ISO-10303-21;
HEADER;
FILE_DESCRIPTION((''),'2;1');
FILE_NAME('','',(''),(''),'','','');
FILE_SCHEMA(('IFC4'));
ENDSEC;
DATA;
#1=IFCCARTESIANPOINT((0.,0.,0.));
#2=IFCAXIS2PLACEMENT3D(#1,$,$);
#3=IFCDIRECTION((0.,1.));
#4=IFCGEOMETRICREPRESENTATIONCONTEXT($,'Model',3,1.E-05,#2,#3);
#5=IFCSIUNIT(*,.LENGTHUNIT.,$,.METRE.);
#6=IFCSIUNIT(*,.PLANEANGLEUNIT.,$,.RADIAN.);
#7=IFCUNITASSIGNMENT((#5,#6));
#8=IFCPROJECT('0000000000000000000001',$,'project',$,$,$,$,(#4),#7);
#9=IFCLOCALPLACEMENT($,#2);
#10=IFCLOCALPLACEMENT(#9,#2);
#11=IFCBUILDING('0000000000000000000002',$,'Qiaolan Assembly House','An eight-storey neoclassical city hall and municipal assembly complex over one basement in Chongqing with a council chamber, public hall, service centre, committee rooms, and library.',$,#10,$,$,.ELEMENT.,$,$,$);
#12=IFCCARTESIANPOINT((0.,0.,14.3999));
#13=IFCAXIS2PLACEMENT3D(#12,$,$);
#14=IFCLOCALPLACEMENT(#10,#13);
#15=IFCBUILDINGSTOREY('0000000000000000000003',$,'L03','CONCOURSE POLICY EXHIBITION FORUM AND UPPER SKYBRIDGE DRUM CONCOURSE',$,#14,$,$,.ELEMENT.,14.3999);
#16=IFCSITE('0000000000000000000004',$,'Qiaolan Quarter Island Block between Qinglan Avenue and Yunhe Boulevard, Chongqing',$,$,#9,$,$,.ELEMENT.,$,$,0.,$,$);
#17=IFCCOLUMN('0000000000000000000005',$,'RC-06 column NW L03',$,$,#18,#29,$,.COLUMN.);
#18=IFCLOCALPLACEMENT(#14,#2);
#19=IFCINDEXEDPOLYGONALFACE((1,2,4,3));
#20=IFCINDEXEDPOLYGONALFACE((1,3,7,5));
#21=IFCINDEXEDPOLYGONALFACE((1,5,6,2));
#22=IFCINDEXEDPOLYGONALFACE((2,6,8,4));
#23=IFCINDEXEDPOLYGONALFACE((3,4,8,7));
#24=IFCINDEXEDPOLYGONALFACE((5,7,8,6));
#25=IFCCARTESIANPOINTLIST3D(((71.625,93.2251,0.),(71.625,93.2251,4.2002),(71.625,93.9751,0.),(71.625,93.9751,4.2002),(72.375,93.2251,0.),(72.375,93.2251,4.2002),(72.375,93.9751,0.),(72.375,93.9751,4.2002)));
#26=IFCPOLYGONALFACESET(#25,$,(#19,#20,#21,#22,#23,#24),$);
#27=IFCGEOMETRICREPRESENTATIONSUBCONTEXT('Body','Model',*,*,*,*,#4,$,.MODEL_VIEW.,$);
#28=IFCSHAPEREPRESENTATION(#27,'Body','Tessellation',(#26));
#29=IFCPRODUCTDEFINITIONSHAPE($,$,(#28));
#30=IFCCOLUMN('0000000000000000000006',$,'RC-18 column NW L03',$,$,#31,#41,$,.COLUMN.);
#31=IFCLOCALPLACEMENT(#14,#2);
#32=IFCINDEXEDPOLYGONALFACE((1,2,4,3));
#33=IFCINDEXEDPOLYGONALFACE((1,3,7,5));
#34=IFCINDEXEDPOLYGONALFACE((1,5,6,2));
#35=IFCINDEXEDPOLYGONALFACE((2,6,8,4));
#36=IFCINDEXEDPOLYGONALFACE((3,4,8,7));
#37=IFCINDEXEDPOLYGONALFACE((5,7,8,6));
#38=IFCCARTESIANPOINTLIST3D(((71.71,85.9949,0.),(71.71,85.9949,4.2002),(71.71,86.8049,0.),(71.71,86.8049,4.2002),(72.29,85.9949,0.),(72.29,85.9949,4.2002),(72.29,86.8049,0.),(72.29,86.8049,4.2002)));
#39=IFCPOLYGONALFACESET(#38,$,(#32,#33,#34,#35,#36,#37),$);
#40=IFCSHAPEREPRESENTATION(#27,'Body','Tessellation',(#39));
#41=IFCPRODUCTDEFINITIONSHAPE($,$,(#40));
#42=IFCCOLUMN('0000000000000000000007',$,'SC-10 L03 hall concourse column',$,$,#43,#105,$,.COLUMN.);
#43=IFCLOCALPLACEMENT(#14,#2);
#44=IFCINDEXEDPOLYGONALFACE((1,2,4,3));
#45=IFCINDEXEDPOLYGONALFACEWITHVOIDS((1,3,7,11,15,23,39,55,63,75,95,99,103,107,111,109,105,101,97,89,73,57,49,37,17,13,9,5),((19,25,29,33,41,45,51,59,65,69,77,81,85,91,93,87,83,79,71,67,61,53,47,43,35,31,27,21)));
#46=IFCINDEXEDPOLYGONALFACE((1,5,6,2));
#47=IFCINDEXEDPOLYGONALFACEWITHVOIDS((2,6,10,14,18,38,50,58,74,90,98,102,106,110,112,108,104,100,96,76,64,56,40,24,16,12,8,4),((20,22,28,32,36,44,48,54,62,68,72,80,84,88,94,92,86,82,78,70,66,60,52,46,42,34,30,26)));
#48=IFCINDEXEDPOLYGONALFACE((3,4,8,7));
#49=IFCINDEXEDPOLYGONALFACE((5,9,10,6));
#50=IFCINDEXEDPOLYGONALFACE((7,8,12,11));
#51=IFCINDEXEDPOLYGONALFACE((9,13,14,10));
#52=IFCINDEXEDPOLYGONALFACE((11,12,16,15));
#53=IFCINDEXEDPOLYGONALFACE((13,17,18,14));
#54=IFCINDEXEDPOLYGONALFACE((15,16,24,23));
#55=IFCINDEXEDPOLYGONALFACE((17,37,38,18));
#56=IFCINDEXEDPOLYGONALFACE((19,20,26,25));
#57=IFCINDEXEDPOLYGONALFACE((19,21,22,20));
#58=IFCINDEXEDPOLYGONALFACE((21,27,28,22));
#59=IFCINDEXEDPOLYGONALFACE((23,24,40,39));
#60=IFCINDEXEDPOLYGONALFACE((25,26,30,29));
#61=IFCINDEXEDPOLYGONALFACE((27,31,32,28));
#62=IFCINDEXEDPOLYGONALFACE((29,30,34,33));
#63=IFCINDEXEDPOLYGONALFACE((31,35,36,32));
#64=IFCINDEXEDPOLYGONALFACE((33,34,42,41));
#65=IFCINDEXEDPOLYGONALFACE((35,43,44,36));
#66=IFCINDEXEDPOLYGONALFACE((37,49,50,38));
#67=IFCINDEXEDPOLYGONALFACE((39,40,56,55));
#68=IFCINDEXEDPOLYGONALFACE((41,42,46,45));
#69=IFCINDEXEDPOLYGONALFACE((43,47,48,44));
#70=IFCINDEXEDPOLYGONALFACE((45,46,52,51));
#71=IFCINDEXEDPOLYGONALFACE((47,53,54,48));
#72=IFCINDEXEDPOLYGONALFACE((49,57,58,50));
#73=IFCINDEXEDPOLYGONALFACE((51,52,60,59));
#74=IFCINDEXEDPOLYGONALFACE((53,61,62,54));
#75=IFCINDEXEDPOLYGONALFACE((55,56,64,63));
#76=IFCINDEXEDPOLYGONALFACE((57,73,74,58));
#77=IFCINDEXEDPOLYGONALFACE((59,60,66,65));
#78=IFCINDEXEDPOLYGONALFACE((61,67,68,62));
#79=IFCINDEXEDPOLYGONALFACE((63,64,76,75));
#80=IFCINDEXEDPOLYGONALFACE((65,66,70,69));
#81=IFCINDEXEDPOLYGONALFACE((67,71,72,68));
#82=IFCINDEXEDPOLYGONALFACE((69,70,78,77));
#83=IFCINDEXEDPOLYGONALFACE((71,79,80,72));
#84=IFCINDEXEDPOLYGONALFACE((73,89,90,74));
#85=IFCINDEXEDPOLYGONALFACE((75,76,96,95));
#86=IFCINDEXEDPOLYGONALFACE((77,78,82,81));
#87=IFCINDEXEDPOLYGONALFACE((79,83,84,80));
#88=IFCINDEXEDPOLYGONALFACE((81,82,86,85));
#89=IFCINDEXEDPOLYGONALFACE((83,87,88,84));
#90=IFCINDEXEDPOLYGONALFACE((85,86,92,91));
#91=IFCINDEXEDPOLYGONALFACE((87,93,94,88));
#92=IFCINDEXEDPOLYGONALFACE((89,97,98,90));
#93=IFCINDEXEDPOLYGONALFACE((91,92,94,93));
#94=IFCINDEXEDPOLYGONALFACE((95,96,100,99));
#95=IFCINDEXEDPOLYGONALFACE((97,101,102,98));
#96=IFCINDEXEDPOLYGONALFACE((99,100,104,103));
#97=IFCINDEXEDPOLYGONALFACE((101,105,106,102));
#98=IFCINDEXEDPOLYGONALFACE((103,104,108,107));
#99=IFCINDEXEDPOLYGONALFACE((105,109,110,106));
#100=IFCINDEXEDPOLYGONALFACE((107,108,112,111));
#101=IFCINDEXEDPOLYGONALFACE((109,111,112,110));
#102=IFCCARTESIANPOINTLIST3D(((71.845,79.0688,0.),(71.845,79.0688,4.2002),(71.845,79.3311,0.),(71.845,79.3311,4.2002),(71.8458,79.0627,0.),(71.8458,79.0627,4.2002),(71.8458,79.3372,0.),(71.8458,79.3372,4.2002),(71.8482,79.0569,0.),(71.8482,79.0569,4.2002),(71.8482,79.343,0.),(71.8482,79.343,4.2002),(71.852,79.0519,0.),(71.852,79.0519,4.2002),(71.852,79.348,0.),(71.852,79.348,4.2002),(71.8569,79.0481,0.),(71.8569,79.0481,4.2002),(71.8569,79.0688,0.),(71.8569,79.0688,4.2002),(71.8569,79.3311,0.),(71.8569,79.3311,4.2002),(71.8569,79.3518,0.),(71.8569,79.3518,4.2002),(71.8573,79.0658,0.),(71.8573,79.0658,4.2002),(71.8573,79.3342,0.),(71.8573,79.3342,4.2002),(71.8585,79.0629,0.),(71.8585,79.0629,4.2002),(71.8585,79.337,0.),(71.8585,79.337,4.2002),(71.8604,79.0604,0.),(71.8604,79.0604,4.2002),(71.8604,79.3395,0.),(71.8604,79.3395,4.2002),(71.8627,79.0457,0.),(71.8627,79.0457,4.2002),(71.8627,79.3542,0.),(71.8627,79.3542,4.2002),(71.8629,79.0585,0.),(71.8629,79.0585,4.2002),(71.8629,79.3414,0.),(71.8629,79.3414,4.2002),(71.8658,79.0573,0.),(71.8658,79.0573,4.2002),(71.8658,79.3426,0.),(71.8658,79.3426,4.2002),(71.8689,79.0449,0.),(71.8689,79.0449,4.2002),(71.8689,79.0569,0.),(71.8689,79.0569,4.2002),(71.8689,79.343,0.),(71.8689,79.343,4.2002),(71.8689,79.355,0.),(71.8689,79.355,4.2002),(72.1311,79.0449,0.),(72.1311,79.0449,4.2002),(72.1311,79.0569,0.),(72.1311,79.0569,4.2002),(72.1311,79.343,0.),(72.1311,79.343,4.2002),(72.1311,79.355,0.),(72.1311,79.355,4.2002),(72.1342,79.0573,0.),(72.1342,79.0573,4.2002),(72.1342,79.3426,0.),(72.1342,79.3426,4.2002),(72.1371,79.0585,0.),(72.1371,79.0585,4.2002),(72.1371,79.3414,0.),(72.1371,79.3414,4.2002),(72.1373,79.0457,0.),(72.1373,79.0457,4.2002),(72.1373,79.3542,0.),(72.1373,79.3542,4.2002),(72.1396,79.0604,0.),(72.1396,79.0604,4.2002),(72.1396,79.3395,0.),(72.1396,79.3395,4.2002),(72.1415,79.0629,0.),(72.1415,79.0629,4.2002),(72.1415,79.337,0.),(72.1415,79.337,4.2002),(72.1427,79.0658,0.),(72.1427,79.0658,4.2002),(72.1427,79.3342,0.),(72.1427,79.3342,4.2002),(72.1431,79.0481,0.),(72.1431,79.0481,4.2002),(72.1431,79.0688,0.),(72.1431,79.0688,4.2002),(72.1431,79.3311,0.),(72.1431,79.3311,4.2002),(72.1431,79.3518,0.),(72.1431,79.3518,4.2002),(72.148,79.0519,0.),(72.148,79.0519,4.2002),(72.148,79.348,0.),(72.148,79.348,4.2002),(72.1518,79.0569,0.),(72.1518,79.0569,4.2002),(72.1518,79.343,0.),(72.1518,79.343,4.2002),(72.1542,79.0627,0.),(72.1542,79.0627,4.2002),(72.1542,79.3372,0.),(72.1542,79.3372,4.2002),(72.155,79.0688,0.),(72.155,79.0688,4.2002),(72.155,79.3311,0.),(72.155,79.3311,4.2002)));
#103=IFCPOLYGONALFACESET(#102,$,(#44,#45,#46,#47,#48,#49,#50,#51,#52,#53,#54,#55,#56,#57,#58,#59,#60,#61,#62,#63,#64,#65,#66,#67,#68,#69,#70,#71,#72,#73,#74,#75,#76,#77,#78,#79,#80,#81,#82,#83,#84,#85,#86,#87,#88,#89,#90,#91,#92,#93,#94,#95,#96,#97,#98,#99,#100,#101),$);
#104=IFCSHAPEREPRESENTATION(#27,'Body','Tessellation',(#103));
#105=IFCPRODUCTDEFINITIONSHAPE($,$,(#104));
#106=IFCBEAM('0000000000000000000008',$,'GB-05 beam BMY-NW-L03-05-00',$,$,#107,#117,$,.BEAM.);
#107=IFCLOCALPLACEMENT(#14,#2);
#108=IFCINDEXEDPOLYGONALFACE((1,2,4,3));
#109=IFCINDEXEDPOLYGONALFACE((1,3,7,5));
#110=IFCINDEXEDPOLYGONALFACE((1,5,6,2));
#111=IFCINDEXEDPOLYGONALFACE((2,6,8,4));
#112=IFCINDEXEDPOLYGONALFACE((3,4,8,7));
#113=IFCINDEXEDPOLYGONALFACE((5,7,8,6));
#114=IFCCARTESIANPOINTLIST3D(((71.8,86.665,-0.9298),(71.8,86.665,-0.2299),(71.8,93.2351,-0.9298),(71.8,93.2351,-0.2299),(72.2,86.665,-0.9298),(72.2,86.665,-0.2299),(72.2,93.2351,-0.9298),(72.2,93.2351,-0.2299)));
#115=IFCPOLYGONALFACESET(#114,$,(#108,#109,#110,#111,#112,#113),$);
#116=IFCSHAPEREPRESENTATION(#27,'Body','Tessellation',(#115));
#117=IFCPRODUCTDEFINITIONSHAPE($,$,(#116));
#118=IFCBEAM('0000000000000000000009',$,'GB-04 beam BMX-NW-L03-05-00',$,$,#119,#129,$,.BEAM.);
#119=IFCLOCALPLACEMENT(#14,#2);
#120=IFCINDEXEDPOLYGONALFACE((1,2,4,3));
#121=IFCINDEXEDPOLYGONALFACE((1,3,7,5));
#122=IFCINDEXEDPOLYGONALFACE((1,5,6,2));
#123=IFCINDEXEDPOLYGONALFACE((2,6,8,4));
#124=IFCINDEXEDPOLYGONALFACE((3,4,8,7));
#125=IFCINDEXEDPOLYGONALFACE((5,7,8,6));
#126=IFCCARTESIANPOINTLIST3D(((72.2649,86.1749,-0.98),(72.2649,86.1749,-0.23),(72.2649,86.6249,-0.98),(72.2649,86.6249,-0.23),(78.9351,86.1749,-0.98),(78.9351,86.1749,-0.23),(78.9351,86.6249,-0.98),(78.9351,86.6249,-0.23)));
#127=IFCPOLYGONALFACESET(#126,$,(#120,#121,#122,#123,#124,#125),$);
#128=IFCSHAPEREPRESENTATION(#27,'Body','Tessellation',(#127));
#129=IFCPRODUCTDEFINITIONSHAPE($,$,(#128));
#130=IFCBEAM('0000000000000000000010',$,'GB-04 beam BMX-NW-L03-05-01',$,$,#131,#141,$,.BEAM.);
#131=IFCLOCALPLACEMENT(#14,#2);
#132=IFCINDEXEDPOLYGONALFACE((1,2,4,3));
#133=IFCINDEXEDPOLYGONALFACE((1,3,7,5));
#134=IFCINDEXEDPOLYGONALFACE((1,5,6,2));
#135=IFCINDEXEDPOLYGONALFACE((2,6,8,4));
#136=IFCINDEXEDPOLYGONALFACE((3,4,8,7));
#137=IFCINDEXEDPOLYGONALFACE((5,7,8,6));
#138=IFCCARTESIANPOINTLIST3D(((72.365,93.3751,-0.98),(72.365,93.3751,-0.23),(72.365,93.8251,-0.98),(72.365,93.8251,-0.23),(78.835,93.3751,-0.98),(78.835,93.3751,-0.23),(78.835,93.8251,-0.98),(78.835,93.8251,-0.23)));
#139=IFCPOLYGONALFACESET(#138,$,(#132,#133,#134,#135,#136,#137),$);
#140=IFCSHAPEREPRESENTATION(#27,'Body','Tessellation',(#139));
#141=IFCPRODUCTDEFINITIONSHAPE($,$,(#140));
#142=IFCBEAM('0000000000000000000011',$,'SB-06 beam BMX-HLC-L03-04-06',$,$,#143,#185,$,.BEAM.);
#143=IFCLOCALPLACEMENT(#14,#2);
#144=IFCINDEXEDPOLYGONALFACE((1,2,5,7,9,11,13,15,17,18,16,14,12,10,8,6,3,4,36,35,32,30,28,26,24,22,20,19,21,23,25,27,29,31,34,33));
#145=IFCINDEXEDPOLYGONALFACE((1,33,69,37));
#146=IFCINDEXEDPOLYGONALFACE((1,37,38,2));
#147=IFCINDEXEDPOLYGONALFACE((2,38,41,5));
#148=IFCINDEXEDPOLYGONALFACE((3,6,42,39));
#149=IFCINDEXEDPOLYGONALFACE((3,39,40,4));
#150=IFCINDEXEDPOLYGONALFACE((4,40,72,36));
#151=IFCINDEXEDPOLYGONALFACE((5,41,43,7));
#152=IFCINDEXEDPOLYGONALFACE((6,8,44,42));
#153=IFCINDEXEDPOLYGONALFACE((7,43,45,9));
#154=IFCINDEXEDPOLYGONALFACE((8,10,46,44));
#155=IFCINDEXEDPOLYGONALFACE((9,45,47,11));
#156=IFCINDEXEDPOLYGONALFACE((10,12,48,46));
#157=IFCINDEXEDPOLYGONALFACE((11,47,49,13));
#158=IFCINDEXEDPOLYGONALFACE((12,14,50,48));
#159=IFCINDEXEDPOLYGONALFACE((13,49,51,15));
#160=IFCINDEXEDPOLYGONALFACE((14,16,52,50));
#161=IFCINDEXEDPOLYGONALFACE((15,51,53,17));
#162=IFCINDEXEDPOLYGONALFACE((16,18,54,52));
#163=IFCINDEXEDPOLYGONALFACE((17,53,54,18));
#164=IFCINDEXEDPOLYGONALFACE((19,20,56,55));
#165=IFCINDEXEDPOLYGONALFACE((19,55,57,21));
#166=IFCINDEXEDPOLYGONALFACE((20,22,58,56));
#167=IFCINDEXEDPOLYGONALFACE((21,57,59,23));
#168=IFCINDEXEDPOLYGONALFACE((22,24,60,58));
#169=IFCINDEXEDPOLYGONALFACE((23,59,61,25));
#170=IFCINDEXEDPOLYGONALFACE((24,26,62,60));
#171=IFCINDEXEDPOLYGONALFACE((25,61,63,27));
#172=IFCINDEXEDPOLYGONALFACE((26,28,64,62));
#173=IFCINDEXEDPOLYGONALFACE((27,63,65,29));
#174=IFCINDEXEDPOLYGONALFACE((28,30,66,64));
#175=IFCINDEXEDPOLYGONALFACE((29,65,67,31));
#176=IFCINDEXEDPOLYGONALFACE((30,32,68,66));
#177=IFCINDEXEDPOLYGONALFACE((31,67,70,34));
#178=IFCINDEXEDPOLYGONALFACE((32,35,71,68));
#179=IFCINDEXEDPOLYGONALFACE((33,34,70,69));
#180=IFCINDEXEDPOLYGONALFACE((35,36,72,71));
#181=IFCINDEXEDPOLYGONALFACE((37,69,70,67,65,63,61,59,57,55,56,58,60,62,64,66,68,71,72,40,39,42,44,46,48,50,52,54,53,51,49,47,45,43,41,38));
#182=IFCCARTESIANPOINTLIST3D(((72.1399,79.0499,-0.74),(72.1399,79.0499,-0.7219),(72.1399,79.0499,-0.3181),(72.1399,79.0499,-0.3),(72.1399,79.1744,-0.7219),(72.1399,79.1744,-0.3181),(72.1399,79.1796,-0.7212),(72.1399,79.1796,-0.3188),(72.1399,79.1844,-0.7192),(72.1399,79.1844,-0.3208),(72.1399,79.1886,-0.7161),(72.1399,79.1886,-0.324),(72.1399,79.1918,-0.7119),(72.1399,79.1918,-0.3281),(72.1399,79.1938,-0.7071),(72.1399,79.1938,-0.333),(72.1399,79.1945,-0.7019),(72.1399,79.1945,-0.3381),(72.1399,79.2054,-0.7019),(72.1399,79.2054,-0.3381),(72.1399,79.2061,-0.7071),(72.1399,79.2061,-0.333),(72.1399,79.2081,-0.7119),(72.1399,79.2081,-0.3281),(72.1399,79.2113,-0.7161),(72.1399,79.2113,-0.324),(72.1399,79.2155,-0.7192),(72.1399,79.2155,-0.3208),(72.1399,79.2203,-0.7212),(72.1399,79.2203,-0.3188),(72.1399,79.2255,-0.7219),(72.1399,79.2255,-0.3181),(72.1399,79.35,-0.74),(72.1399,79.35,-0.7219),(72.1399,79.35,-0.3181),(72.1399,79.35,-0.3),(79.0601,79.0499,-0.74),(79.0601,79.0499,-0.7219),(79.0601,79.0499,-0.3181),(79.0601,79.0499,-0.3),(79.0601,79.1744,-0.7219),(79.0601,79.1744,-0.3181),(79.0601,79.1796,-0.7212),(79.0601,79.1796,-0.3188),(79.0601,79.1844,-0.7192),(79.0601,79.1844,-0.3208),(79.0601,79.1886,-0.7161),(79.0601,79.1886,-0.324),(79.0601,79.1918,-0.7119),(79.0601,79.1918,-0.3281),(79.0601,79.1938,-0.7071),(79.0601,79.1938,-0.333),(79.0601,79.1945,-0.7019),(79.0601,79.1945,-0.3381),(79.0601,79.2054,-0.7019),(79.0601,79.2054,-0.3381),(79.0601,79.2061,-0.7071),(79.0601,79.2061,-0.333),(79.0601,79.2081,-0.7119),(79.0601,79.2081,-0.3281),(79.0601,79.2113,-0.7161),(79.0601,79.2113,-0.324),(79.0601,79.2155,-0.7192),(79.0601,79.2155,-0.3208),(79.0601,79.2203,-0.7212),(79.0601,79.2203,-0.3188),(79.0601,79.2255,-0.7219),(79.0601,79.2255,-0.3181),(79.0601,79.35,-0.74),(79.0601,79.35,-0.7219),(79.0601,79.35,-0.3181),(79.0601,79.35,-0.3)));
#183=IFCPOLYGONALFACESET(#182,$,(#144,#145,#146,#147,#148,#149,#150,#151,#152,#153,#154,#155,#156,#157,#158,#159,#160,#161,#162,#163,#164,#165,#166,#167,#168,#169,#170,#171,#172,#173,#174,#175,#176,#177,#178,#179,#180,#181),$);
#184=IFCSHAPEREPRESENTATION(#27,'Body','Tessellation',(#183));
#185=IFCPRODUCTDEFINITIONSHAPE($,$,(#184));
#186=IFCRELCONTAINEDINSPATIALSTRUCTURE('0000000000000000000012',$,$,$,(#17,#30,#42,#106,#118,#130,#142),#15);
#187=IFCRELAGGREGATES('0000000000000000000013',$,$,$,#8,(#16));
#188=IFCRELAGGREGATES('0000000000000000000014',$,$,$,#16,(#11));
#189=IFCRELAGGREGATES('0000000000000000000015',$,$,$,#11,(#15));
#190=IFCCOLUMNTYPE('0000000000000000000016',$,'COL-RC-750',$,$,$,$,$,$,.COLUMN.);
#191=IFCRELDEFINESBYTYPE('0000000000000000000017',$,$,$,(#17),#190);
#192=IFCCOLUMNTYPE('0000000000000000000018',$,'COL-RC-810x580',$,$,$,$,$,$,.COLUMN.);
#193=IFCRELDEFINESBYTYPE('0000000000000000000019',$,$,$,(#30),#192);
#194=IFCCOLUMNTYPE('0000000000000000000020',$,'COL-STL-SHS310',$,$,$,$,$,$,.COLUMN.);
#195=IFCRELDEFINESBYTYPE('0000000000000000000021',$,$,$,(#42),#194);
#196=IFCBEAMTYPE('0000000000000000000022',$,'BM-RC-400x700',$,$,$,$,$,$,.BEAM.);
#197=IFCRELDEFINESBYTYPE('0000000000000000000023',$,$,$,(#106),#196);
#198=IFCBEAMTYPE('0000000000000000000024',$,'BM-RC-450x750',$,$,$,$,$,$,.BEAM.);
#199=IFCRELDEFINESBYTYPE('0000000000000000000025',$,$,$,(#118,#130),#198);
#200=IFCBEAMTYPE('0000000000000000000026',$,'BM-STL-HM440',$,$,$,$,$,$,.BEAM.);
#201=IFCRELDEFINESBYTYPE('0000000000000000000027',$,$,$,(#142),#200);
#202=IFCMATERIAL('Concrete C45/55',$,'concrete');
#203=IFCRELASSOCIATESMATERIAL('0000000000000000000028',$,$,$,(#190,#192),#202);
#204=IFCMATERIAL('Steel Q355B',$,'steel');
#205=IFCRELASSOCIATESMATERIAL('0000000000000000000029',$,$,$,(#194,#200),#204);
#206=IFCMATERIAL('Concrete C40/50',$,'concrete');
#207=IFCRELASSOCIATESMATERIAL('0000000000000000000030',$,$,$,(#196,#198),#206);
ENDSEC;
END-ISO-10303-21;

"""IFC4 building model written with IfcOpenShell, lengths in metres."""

from ifc_helpers import new_model, si_unit, direction, frame, origin, origin_2d, place, context, subcontext, project, spatial, rectangle, hollow_rectangle, i_section, extrude, material, material_profile, profile_set, type_object, element, save


model = new_model("IFC4")

# Units and contexts
model_context = context("Model", 3, precision=1e-05, world=origin(), true_north=direction((0.0, 1.0)))
body_context = subcontext(model_context, "Body", "Model", "MODEL_VIEW")
ifc_project = project(units=[si_unit("LENGTHUNIT", "METRE"), si_unit("PLANEANGLEUNIT", "RADIAN")], contexts=[model_context])

# Site, building, storey
site_placement = place(None, origin())
site = spatial("IfcSite", under=ifc_project, at=site_placement, Name="Qiaolan Quarter Island Block between Qinglan Avenue and Yunhe Boulevard, Chongqing", CompositionType="ELEMENT", RefElevation=0.0)
building_placement = place(site_placement, origin())
building = spatial("IfcBuilding", under=site, at=building_placement, Name="Qiaolan Assembly House", Description="An eight-storey neoclassical city hall and municipal assembly complex over one basement in Chongqing with a council chamber, public hall, service centre, committee rooms, and library.", CompositionType="ELEMENT")
storey_placement = place(building_placement, frame((0.0, 0.0, 14.3999)))
storey = spatial("IfcBuildingStorey", under=building, at=storey_placement, Name="L03", Description="CONCOURSE POLICY EXHIBITION FORUM AND UPPER SKYBRIDGE DRUM CONCOURSE", CompositionType="ELEMENT", Elevation=14.3999)

# Columns
ifc_material_1 = material(Name="Concrete C45/55", Category="concrete")
ifc_material_profile_1 = material_profile(ifc_material_1, rectangle(XDim=0.75, YDim=0.75, at=origin_2d()), Name="RC 750x750")
ifc_profile_set_1 = profile_set([ifc_material_profile_1], Name="Concrete C45/55")
column_type_1 = type_object("IfcColumnType", Name="COL-RC-750", PredefinedType="COLUMN", material=ifc_profile_set_1)
column_1_placement = place(storey_placement, frame((72.0, 93.6001, 0.0), z_axis=(0.0, 0.0, 1.0), x_axis=(1.0, 0.0, 0.0)))
element("IfcColumn", 1, at=column_1_placement, inside=storey, type_object=column_type_1, Name="RC-06 column NW L03", PredefinedType="COLUMN", context=body_context, shape_type="SweptSolid", body=[
    extrude(rectangle(XDim=0.75, YDim=0.75, at=origin_2d()), origin(), (0.0, 0.0, 1.0), 4.2002),
])
ifc_material_profile_2 = material_profile(ifc_material_1, rectangle(XDim=0.5801, YDim=0.8101, at=origin_2d()), Name="RC 810x580")
ifc_profile_set_2 = profile_set([ifc_material_profile_2], Name="Concrete C45/55")
column_type_2 = type_object("IfcColumnType", Name="COL-RC-810x580", PredefinedType="COLUMN", material=ifc_profile_set_2)
column_2_placement = place(storey_placement, frame((72.0, 86.3999, 0.0), z_axis=(0.0, 0.0, 1.0), x_axis=(1.0, 0.0, 0.0)))
element("IfcColumn", 2, at=column_2_placement, inside=storey, type_object=column_type_2, Name="RC-18 column NW L03", PredefinedType="COLUMN", context=body_context, shape_type="SweptSolid", body=[
    extrude(rectangle(XDim=0.5801, YDim=0.8101, at=origin_2d()), origin(), (0.0, 0.0, 1.0), 4.2002),
])
ifc_material_2 = material(Name="Steel Q355B", Category="steel")
ifc_material_profile_3 = material_profile(ifc_material_2, hollow_rectangle(XDim=0.3101, YDim=0.3101, WallThickness=0.012, InnerFilletRadius=0.012, OuterFilletRadius=0.0239, at=origin_2d()), Name="SHS 310x310x12")
ifc_profile_set_3 = profile_set([ifc_material_profile_3], Name="Steel Q355B")
column_type_3 = type_object("IfcColumnType", Name="COL-STL-SHS310", PredefinedType="COLUMN", material=ifc_profile_set_3)
column_3_placement = place(storey_placement, frame((72.0, 79.2, 0.0), z_axis=(0.0, 0.0, 1.0), x_axis=(1.0, 0.0, 0.0)))
element("IfcColumn", 3, at=column_3_placement, inside=storey, type_object=column_type_3, Name="SC-10 L03 hall concourse column", PredefinedType="COLUMN", context=body_context, shape_type="SweptSolid", body=[
    extrude(hollow_rectangle(XDim=0.3101, YDim=0.3101, WallThickness=0.012, InnerFilletRadius=0.012, OuterFilletRadius=0.0239, at=origin_2d()), origin(), (0.0, 0.0, 1.0), 4.2002),
])

# Beams
ifc_material_3 = material(Name="Concrete C40/50", Category="concrete")
ifc_material_profile_4 = material_profile(ifc_material_3, rectangle(XDim=0.3999, YDim=0.7, at=origin_2d()), Name="RCB 400x700")
ifc_profile_set_4 = profile_set([ifc_material_profile_4], Name="Concrete C40/50")
beam_type_1 = type_object("IfcBeamType", Name="BM-RC-400x700", PredefinedType="BEAM", material=ifc_profile_set_4)
beam_1_placement = place(storey_placement, frame((72.0, 86.665, -0.5798), z_axis=(0.0, 1.0, 0.0), x_axis=(-1.0, 0.0, 0.0)))
element("IfcBeam", 4, at=beam_1_placement, inside=storey, type_object=beam_type_1, Name="GB-05 beam BMY-NW-L03-05-00", PredefinedType="BEAM", context=body_context, shape_type="SweptSolid", body=[
    extrude(rectangle(XDim=0.3999, YDim=0.7, at=origin_2d()), origin(), (0.0, 0.0, 1.0), 6.5701),
])
ifc_material_profile_5 = material_profile(ifc_material_3, rectangle(XDim=0.45, YDim=0.75, at=origin_2d()), Name="RCB 450x750")
ifc_profile_set_5 = profile_set([ifc_material_profile_5], Name="Concrete C40/50")
beam_type_2 = type_object("IfcBeamType", Name="BM-RC-450x750", PredefinedType="BEAM", material=ifc_profile_set_5)
beam_2_placement = place(storey_placement, frame((72.2649, 86.3999, -0.605), z_axis=(1.0, 0.0, 0.0), x_axis=(0.0, 1.0, 0.0)))
element("IfcBeam", 5, at=beam_2_placement, inside=storey, type_object=beam_type_2, Name="GB-04 beam BMX-NW-L03-05-00", PredefinedType="BEAM", context=body_context, shape_type="SweptSolid", body=[
    extrude(rectangle(XDim=0.45, YDim=0.75, at=origin_2d()), origin(), (0.0, 0.0, 1.0), 6.6702),
])
beam_3_placement = place(storey_placement, frame((72.365, 93.6001, -0.605), z_axis=(1.0, 0.0, 0.0), x_axis=(0.0, 1.0, 0.0)))
element("IfcBeam", 6, at=beam_3_placement, inside=storey, type_object=beam_type_2, Name="GB-04 beam BMX-NW-L03-05-01", PredefinedType="BEAM", context=body_context, shape_type="SweptSolid", body=[
    extrude(rectangle(XDim=0.45, YDim=0.75, at=origin_2d()), origin(), (0.0, 0.0, 1.0), 6.47),
])
ifc_material_profile_6 = material_profile(ifc_material_2, i_section(OverallWidth=0.3, OverallDepth=0.4399, WebThickness=0.011, FlangeThickness=0.0181, FilletRadius=0.02, at=origin_2d()), Name="HM 440x300x11x18")
ifc_profile_set_6 = profile_set([ifc_material_profile_6], Name="Steel Q355B")
beam_type_3 = type_object("IfcBeamType", Name="BM-STL-HM440", PredefinedType="BEAM", material=ifc_profile_set_6)
beam_4_placement = place(storey_placement, frame((72.1399, 79.2, -0.52), z_axis=(1.0, 0.0, 0.0), x_axis=(0.0, 1.0, 0.0)))
element("IfcBeam", 7, at=beam_4_placement, inside=storey, type_object=beam_type_3, Name="SB-06 beam BMX-HLC-L03-04-06", PredefinedType="BEAM", context=body_context, shape_type="SweptSolid", body=[
    extrude(i_section(OverallWidth=0.3, OverallDepth=0.4399, WebThickness=0.011, FlangeThickness=0.0181, FilletRadius=0.02, at=origin_2d()), origin(), (0.0, 0.0, 1.0), 6.9202),
])

save(model, "model.ifc")
